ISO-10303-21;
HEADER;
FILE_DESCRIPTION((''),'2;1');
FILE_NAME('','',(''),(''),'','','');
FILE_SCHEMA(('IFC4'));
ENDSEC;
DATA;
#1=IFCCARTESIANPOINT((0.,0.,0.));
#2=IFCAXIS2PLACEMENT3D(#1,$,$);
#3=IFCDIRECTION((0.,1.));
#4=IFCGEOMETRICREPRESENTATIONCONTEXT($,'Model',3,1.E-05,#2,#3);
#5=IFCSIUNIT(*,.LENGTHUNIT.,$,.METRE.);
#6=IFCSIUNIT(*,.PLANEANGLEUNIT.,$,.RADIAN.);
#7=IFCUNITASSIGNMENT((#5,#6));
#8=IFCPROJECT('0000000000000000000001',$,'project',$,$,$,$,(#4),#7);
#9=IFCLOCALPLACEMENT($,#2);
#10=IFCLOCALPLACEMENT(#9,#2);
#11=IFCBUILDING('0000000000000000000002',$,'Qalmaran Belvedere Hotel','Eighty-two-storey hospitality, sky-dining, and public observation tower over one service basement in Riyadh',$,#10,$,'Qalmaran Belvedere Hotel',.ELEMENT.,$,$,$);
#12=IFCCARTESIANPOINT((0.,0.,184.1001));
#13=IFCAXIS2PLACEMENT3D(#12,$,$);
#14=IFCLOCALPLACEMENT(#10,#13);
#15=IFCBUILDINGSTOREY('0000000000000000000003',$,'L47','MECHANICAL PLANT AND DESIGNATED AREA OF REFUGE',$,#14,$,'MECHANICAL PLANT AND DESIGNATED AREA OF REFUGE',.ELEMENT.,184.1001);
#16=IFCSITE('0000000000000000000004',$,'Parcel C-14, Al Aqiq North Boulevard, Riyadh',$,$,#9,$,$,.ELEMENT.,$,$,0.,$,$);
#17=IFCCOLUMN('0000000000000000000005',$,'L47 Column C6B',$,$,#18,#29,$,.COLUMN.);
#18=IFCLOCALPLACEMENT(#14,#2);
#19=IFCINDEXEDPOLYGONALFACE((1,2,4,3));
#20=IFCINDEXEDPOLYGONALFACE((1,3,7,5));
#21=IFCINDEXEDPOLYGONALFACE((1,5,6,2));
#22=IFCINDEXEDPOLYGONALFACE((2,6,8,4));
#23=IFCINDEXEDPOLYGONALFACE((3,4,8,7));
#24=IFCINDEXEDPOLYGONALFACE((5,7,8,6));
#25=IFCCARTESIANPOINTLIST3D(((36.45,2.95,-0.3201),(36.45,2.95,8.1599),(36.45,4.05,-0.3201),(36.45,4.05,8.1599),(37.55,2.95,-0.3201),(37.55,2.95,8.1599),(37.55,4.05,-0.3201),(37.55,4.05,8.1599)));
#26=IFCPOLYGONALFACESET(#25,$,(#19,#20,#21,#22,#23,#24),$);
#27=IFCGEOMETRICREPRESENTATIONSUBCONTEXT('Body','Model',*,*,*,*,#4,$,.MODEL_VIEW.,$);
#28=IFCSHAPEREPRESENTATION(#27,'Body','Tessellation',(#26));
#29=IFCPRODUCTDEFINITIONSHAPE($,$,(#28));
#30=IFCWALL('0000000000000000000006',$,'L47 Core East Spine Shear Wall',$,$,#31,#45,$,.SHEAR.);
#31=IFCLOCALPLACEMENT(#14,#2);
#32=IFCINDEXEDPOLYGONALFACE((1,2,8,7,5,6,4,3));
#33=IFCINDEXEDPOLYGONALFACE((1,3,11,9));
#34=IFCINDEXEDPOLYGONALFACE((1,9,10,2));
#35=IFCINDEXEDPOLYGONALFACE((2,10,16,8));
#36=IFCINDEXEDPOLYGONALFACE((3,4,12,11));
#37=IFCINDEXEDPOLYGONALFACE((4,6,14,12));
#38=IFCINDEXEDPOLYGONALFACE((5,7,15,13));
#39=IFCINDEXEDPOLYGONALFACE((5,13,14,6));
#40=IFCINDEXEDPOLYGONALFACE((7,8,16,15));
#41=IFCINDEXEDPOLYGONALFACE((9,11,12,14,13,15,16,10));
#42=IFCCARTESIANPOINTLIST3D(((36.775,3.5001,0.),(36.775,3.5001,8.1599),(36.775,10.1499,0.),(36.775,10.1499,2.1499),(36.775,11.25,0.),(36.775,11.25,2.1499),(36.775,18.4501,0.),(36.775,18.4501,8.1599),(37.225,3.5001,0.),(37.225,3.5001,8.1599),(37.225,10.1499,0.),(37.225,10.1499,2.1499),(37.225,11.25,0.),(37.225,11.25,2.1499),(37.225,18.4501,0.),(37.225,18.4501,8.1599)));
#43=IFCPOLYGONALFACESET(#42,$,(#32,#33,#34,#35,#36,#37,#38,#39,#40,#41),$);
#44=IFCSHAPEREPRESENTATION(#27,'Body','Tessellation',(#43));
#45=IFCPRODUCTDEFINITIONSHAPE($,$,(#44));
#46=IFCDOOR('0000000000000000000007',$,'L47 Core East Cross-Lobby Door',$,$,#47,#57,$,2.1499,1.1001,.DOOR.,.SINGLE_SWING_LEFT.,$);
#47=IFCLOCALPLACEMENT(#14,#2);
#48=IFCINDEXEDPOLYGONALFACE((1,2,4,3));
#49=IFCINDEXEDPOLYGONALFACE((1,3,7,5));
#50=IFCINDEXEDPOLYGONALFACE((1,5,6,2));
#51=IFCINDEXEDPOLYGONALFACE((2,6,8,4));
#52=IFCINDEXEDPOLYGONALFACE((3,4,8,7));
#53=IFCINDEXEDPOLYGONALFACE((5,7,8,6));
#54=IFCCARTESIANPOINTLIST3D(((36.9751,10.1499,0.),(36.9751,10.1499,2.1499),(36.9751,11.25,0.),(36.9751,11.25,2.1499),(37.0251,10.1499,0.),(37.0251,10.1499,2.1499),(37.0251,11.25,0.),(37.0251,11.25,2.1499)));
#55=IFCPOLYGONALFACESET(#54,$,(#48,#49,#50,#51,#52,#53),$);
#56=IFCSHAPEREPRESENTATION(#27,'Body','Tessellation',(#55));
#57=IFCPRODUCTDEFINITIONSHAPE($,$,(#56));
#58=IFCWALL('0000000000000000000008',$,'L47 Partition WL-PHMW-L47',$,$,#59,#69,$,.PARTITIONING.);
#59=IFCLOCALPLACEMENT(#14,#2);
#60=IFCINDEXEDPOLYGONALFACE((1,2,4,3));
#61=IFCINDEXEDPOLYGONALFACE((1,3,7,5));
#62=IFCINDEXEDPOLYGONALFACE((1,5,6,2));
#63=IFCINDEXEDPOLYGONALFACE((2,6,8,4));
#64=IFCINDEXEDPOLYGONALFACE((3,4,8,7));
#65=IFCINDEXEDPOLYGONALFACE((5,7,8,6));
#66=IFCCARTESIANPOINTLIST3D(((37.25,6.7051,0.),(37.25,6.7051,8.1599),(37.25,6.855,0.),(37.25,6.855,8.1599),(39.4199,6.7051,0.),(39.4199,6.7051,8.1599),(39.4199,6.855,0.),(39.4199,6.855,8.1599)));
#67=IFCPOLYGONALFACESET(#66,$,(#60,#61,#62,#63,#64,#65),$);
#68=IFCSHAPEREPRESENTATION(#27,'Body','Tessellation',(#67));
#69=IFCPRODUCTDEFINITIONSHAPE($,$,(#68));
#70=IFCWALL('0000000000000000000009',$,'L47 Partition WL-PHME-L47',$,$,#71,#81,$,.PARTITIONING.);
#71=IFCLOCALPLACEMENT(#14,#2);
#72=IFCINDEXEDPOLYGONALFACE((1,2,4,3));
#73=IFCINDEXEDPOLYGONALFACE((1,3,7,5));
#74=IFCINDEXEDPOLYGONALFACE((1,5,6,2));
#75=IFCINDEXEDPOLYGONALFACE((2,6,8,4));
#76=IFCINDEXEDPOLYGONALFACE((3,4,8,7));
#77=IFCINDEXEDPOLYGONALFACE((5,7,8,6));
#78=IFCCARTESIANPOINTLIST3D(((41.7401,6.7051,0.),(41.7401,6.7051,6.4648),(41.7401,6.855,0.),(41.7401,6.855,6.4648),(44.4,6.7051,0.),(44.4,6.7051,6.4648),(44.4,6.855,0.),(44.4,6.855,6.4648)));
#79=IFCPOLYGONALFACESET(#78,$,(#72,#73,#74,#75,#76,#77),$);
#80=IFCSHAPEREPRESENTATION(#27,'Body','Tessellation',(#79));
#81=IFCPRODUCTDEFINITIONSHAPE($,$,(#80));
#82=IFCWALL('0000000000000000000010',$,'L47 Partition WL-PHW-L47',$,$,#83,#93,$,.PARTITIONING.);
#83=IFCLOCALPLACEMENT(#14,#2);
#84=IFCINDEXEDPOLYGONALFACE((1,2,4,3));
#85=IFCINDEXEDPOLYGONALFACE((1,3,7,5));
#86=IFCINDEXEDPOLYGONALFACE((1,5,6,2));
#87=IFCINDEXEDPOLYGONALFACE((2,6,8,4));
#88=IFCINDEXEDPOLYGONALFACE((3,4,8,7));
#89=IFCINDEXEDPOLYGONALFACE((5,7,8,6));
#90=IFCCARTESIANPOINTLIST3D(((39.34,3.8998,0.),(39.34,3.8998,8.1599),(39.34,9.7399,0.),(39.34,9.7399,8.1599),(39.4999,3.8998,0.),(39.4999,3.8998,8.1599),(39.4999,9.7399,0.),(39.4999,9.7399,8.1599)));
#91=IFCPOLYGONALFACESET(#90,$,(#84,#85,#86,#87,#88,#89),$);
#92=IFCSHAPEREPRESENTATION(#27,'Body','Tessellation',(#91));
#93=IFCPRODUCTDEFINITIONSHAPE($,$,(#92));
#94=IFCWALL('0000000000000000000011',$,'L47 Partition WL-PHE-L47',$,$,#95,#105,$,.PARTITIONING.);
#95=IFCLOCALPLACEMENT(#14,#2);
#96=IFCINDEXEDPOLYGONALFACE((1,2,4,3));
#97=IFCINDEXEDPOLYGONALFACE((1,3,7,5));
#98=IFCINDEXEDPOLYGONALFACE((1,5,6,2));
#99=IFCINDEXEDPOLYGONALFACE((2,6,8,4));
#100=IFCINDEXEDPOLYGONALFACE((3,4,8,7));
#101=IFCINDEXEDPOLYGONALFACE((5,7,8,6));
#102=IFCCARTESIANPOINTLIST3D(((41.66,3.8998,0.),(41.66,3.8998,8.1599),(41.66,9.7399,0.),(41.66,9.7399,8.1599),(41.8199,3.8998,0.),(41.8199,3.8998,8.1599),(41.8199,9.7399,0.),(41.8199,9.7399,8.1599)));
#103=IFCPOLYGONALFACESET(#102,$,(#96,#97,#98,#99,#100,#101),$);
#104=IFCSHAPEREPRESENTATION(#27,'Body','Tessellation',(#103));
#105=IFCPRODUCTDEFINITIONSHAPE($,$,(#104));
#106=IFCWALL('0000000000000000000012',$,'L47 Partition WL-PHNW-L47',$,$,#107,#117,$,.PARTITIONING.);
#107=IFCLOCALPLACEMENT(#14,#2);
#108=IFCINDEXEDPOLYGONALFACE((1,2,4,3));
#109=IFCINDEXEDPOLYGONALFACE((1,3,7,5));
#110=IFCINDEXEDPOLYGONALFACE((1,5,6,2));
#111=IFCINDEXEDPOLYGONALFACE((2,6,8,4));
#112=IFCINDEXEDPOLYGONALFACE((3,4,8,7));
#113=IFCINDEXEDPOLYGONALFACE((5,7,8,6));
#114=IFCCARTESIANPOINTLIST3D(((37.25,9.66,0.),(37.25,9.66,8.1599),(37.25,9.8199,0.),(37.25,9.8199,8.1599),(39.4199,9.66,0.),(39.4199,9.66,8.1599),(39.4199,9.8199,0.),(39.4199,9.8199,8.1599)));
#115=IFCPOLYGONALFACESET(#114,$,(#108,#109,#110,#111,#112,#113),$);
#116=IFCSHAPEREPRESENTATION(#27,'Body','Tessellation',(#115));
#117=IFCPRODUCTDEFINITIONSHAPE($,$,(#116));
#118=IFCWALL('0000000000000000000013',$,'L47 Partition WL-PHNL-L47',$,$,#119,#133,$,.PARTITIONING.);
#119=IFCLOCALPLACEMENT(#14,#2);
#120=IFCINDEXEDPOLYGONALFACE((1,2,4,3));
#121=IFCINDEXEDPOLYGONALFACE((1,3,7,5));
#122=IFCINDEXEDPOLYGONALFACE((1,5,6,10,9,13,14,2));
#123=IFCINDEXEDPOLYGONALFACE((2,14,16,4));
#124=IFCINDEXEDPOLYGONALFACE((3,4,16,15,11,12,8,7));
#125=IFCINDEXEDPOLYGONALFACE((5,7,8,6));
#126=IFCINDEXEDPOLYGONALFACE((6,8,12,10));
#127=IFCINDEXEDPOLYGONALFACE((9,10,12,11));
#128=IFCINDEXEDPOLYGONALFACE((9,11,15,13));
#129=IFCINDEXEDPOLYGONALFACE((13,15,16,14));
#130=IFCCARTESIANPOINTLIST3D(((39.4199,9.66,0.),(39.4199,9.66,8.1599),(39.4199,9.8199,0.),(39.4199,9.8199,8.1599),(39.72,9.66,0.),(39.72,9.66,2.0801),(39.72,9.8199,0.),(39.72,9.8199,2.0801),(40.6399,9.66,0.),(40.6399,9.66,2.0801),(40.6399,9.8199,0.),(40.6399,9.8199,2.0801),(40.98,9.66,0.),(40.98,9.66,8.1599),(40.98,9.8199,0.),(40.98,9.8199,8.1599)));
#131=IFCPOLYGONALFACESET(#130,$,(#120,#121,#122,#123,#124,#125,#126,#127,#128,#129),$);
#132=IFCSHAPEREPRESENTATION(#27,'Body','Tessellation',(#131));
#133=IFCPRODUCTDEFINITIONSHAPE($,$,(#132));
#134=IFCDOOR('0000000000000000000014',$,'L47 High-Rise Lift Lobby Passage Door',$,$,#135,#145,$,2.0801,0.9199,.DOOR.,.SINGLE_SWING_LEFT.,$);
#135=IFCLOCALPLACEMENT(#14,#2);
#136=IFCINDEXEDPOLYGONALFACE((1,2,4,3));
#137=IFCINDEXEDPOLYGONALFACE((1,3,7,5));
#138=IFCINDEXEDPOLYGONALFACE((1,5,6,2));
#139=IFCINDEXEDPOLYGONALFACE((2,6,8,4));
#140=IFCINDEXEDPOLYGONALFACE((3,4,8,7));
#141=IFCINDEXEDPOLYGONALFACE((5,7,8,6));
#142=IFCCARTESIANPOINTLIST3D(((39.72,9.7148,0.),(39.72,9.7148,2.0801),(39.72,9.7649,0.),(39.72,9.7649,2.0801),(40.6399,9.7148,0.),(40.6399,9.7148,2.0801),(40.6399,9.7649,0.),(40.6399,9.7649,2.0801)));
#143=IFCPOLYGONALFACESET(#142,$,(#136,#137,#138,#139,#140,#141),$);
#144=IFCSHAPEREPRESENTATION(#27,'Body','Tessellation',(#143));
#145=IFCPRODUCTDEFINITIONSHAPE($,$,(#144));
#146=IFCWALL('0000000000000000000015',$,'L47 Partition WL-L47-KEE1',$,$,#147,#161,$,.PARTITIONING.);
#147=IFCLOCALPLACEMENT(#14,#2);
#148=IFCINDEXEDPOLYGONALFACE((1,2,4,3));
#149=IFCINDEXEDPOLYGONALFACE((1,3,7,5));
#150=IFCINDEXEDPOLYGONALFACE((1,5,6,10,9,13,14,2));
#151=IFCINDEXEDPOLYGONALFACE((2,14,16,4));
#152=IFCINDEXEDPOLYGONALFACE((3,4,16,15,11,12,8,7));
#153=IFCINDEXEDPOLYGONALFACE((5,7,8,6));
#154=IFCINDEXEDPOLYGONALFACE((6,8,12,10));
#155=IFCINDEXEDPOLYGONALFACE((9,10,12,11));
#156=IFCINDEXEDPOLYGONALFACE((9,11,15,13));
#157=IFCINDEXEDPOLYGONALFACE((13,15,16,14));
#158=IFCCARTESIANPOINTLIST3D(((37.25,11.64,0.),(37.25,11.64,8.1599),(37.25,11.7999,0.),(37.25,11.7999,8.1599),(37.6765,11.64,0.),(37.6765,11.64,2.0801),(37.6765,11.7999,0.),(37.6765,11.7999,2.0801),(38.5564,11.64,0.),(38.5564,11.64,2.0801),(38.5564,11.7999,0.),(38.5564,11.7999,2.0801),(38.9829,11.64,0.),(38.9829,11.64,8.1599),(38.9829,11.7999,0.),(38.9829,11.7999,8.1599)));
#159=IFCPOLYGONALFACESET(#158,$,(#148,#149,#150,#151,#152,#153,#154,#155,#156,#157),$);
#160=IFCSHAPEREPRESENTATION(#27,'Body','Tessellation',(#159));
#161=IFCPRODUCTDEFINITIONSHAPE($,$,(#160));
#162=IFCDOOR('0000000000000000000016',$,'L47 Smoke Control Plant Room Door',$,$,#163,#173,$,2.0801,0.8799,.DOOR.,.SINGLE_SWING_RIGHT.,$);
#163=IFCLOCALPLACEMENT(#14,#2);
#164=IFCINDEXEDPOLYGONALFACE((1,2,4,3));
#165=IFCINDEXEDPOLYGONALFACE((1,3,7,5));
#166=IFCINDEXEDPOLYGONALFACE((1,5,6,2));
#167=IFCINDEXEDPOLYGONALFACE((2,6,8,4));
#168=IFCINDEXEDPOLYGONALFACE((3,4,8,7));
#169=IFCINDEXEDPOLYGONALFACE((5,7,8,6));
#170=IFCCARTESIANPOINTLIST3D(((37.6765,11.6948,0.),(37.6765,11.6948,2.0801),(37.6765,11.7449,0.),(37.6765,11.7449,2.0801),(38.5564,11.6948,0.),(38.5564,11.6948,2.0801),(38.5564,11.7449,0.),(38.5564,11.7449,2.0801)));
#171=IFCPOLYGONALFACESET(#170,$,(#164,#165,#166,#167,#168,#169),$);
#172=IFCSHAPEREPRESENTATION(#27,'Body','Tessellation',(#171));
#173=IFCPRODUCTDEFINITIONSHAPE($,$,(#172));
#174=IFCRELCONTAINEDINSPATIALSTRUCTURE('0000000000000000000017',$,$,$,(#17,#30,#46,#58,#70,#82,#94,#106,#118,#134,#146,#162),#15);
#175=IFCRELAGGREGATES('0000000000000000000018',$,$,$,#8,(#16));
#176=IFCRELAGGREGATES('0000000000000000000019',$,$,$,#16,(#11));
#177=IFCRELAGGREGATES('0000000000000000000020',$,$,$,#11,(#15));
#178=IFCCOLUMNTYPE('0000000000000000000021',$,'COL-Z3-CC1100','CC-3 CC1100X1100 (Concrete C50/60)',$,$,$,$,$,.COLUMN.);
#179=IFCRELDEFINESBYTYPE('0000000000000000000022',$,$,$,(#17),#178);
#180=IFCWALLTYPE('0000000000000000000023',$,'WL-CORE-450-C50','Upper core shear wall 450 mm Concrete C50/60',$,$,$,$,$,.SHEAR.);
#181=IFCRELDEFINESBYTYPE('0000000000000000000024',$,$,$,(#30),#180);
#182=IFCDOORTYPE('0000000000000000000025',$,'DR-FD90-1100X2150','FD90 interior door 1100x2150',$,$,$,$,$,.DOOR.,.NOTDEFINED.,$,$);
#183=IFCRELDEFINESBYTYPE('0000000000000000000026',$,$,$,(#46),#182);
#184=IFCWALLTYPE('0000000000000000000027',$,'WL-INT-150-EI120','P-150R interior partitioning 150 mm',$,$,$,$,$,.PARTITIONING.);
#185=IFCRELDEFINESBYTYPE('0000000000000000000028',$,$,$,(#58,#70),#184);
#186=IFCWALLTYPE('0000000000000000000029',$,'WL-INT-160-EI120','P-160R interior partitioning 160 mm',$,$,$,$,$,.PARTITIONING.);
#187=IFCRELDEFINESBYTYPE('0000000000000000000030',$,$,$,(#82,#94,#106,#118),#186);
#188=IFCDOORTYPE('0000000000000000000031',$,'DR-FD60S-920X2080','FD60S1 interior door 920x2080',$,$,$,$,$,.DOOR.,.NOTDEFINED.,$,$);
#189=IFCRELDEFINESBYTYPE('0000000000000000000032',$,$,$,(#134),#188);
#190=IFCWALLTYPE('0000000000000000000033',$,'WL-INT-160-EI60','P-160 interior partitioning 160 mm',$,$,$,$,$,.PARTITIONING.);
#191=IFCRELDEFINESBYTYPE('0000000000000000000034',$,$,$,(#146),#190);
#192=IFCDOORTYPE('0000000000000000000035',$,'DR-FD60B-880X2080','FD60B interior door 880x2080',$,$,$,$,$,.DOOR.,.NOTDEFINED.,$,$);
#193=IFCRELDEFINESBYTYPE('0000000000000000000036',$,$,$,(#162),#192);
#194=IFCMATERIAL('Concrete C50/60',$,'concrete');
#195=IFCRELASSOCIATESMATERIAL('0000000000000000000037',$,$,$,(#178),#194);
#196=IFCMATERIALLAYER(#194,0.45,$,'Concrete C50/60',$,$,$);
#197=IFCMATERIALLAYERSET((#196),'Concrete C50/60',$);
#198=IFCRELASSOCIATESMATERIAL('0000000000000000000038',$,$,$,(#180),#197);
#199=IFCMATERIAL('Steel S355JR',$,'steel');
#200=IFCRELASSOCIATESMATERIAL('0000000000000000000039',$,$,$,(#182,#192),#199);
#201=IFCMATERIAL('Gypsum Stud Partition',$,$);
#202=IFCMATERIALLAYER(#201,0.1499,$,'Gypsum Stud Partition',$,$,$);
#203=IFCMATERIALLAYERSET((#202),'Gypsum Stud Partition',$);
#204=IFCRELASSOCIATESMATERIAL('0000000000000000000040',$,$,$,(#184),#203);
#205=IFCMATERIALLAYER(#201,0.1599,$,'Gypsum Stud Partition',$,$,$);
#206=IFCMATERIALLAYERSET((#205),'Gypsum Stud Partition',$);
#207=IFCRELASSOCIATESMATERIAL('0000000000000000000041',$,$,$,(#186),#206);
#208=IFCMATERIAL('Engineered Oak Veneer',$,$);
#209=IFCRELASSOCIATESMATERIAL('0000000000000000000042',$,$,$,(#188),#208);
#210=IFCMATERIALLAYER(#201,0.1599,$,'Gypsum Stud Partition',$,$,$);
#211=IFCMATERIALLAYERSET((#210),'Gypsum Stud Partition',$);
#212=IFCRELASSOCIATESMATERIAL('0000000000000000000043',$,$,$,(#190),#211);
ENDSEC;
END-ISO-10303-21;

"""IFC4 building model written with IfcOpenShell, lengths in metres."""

from ifc_helpers import new_model, si_unit, direction, frame, frame_2d, origin, origin_2d, place, context, subcontext, project, spatial, rectangle, extrude, material, layer, layer_set, material_profile, profile_set, type_object, element, fill, save


model = new_model("IFC4")

# Units and contexts
model_context = context("Model", 3, precision=1e-05, world=origin(), true_north=direction((0.0, 1.0)))
body_context = subcontext(model_context, "Body", "Model", "MODEL_VIEW")
ifc_project = project(units=[si_unit("LENGTHUNIT", "METRE"), si_unit("PLANEANGLEUNIT", "RADIAN")], contexts=[model_context])

# Site, building, storey
site_placement = place(None, origin())
site = spatial("IfcSite", under=ifc_project, at=site_placement, Name="Parcel C-14, Al Aqiq North Boulevard, Riyadh", CompositionType="ELEMENT", RefElevation=0.0)
building_placement = place(site_placement, origin())
building = spatial("IfcBuilding", under=site, at=building_placement, Name="Qalmaran Belvedere Hotel", Description="Eighty-two-storey hospitality, sky-dining, and public observation tower over one service basement in Riyadh", LongName="Qalmaran Belvedere Hotel", CompositionType="ELEMENT")
storey_placement = place(building_placement, frame((0.0, 0.0, 184.1001)))
storey = spatial("IfcBuildingStorey", under=building, at=storey_placement, Name="L47", Description="MECHANICAL PLANT AND DESIGNATED AREA OF REFUGE", LongName="MECHANICAL PLANT AND DESIGNATED AREA OF REFUGE", CompositionType="ELEMENT", Elevation=184.1001)

# Column
ifc_material_1 = material(Name="Concrete C50/60", Category="concrete")
ifc_material_profile = material_profile(ifc_material_1, rectangle(XDim=1.1001, YDim=1.1001, at=origin_2d()), Name="CC1100X1100")
ifc_profile_set = profile_set([ifc_material_profile], Name="Concrete C50/60")
column_type = type_object("IfcColumnType", Name="COL-Z3-CC1100", Description="CC-3 CC1100X1100 (Concrete C50/60)", PredefinedType="COLUMN", material=ifc_profile_set)
column_placement = place(storey_placement, frame((37.0, 3.5, -0.3201), z_axis=(0.0, 0.0, 1.0), x_axis=(1.0, 0.0, 0.0)))
element("IfcColumn", 1, at=column_placement, inside=storey, type_object=column_type, Name="L47 Column C6B", PredefinedType="COLUMN", context=body_context, shape_type="SweptSolid", body=[
    extrude(rectangle(XDim=1.1001, YDim=1.1001, at=origin_2d()), origin(), (0.0, 0.0, 1.0), 8.48),
])

# Wall, opening, door
ifc_layer_1 = layer(ifc_material_1, 0.45, Name="Concrete C50/60")
ifc_layer_set_1 = layer_set([ifc_layer_1], Name="Concrete C50/60")
wall_type_1 = type_object("IfcWallType", Name="WL-CORE-450-C50", Description="Upper core shear wall 450 mm Concrete C50/60", PredefinedType="SHEAR", material=ifc_layer_set_1)
wall_1_placement = place(storey_placement, frame((37.0, 3.5, 0.0), z_axis=(0.0, 0.0, 1.0), x_axis=(0.0, 1.0, 0.0)))
wall_1 = element("IfcWall", 2, at=wall_1_placement, inside=storey, type_object=wall_type_1, Name="L47 Core East Spine Shear Wall", PredefinedType="SHEAR", context=body_context, shape_type="SweptSolid", body=[
    extrude(rectangle(XDim=14.95, YDim=0.45, at=frame_2d((7.4751, 0.0))), origin(), (0.0, 0.0, 1.0), 8.1599),
])
opening_1_placement = place(wall_1_placement, frame((6.6499, 0.0, 0.0)))
opening_1 = element("IfcOpeningElement", 3, at=opening_1_placement, cuts=wall_1, PredefinedType="OPENING", context=body_context, shape_type="SweptSolid", body=[
    extrude(rectangle(XDim=1.1001, YDim=2.1499, at=frame_2d((0.55, 1.075))), frame((0.0, 0.2349, 0.0), z_axis=(0.0, -1.0, 0.0), x_axis=(1.0, 0.0, 0.0)), (0.0, 0.0, 1.0), 0.47),
])
ifc_material_2 = material(Name="Steel S355JR", Category="steel")
door_type_1 = type_object("IfcDoorType", Name="DR-FD90-1100X2150", Description="FD90 interior door 1100x2150", OperationType="NOTDEFINED", PredefinedType="DOOR", material=ifc_material_2)
door_1_placement = place(opening_1_placement, origin())
door_1 = element("IfcDoor", 4, at=door_1_placement, inside=storey, type_object=door_type_1, Name="L47 Core East Cross-Lobby Door", OperationType="SINGLE_SWING_LEFT", OverallHeight=2.1499, OverallWidth=1.1001, PredefinedType="DOOR", context=body_context, shape_type="SweptSolid", body=[
    extrude(rectangle(XDim=1.1001, YDim=2.1499, at=frame_2d((0.55, 1.075))), frame((0.0, 0.0249, 0.0), z_axis=(0.0, -1.0, 0.0), x_axis=(1.0, 0.0, 0.0)), (0.0, 0.0, 1.0), 0.05),
])
fill(opening_1, door_1)

# Walls
ifc_material_3 = material(Name="Gypsum Stud Partition")
ifc_layer_2 = layer(ifc_material_3, 0.1499, Name="Gypsum Stud Partition")
ifc_layer_set_2 = layer_set([ifc_layer_2], Name="Gypsum Stud Partition")
wall_type_2 = type_object("IfcWallType", Name="WL-INT-150-EI120", Description="P-150R interior partitioning 150 mm", PredefinedType="PARTITIONING", material=ifc_layer_set_2)
wall_2_placement = place(storey_placement, frame((37.25, 6.78, 0.0), z_axis=(0.0, 0.0, 1.0), x_axis=(1.0, 0.0, 0.0)))
element("IfcWall", 5, at=wall_2_placement, inside=storey, type_object=wall_type_2, Name="L47 Partition WL-PHMW-L47", PredefinedType="PARTITIONING", context=body_context, shape_type="SweptSolid", body=[
    extrude(rectangle(XDim=2.1699, YDim=0.1499, at=frame_2d((1.085, 0.0))), origin(), (0.0, 0.0, 1.0), 8.1599),
])
wall_3_placement = place(storey_placement, frame((41.74, 6.78, 0.0), z_axis=(0.0, 0.0, 1.0), x_axis=(1.0, 0.0, 0.0)))
element("IfcWall", 6, at=wall_3_placement, inside=storey, type_object=wall_type_2, Name="L47 Partition WL-PHME-L47", PredefinedType="PARTITIONING", context=body_context, shape_type="SweptSolid", body=[
    extrude(rectangle(XDim=2.6599, YDim=0.1499, at=frame_2d((1.3301, 0.0))), origin(), (0.0, 0.0, 1.0), 6.4648),
])
ifc_layer_3 = layer(ifc_material_3, 0.1599, Name="Gypsum Stud Partition")
ifc_layer_set_3 = layer_set([ifc_layer_3], Name="Gypsum Stud Partition")
wall_type_3 = type_object("IfcWallType", Name="WL-INT-160-EI120", Description="P-160R interior partitioning 160 mm", PredefinedType="PARTITIONING", material=ifc_layer_set_3)
for number, where, z_axis, x_axis, name in (
    (7, (39.4199, 3.8999, 0.0), (0.0, 0.0, 1.0), (0.0, 1.0, 0.0), "L47 Partition WL-PHW-L47"),
    (8, (41.74, 3.8999, 0.0), (0.0, 0.0, 1.0), (0.0, 1.0, 0.0), "L47 Partition WL-PHE-L47"),
):
    element("IfcWall", number, at=place(storey_placement, frame(where, z_axis=z_axis, x_axis=x_axis)), inside=storey, type_object=wall_type_3, Name=name, PredefinedType="PARTITIONING", context=body_context, shape_type="SweptSolid", body=[
        extrude(rectangle(XDim=5.8401, YDim=0.1599, at=frame_2d((2.9199, 0.0))), origin(), (0.0, 0.0, 1.0), 8.1599),
    ])
wall_4_placement = place(storey_placement, frame((37.25, 9.74, 0.0), z_axis=(0.0, 0.0, 1.0), x_axis=(1.0, 0.0, 0.0)))
element("IfcWall", 9, at=wall_4_placement, inside=storey, type_object=wall_type_3, Name="L47 Partition WL-PHNW-L47", PredefinedType="PARTITIONING", context=body_context, shape_type="SweptSolid", body=[
    extrude(rectangle(XDim=2.1699, YDim=0.1599, at=frame_2d((1.085, 0.0))), origin(), (0.0, 0.0, 1.0), 8.1599),
])

# Walls, openings, doors
wall_5_placement = place(storey_placement, frame((39.4199, 9.74, 0.0), z_axis=(0.0, 0.0, 1.0), x_axis=(1.0, 0.0, 0.0)))
wall_5 = element("IfcWall", 10, at=wall_5_placement, inside=storey, type_object=wall_type_3, Name="L47 Partition WL-PHNL-L47", PredefinedType="PARTITIONING", context=body_context, shape_type="SweptSolid", body=[
    extrude(rectangle(XDim=1.5601, YDim=0.1599, at=frame_2d((0.78, 0.0))), origin(), (0.0, 0.0, 1.0), 8.1599),
])
opening_2_placement = place(wall_5_placement, frame((0.3, 0.0, 0.0)))
opening_2 = element("IfcOpeningElement", 11, at=opening_2_placement, cuts=wall_5, PredefinedType="OPENING", context=body_context, shape_type="SweptSolid", body=[
    extrude(rectangle(XDim=0.9199, YDim=2.0801, at=frame_2d((0.46, 1.04))), frame((0.0, 0.0898, 0.0), z_axis=(0.0, -1.0, 0.0), x_axis=(1.0, 0.0, 0.0)), (0.0, 0.0, 1.0), 0.1799),
])
ifc_material_4 = material(Name="Engineered Oak Veneer")
door_type_2 = type_object("IfcDoorType", Name="DR-FD60S-920X2080", Description="FD60S1 interior door 920x2080", OperationType="NOTDEFINED", PredefinedType="DOOR", material=ifc_material_4)
door_2_placement = place(opening_2_placement, origin())
door_2 = element("IfcDoor", 12, at=door_2_placement, inside=storey, type_object=door_type_2, Name="L47 High-Rise Lift Lobby Passage Door", OperationType="SINGLE_SWING_LEFT", OverallHeight=2.0801, OverallWidth=0.9199, PredefinedType="DOOR", context=body_context, shape_type="SweptSolid", body=[
    extrude(rectangle(XDim=0.9199, YDim=2.0801, at=frame_2d((0.46, 1.04))), frame((0.0, 0.0249, 0.0), z_axis=(0.0, -1.0, 0.0), x_axis=(1.0, 0.0, 0.0)), (0.0, 0.0, 1.0), 0.05),
])
fill(opening_2, door_2)
ifc_layer_4 = layer(ifc_material_3, 0.1599, Name="Gypsum Stud Partition")
ifc_layer_set_4 = layer_set([ifc_layer_4], Name="Gypsum Stud Partition")
wall_type_4 = type_object("IfcWallType", Name="WL-INT-160-EI60", Description="P-160 interior partitioning 160 mm", PredefinedType="PARTITIONING", material=ifc_layer_set_4)
wall_6_placement = place(storey_placement, frame((37.25, 11.72, 0.0), z_axis=(0.0, 0.0, 1.0), x_axis=(1.0, 0.0, 0.0)))
wall_6 = element("IfcWall", 13, at=wall_6_placement, inside=storey, type_object=wall_type_4, Name="L47 Partition WL-L47-KEE1", PredefinedType="PARTITIONING", context=body_context, shape_type="SweptSolid", body=[
    extrude(rectangle(XDim=1.7329, YDim=0.1599, at=frame_2d((0.8665, 0.0))), origin(), (0.0, 0.0, 1.0), 8.1599),
])
opening_3_placement = place(wall_6_placement, frame((0.4265, 0.0, 0.0)))
opening_3 = element("IfcOpeningElement", 14, at=opening_3_placement, cuts=wall_6, PredefinedType="OPENING", context=body_context, shape_type="SweptSolid", body=[
    extrude(rectangle(XDim=0.8799, YDim=2.0801, at=frame_2d((0.4399, 1.04))), frame((0.0, 0.0898, 0.0), z_axis=(0.0, -1.0, 0.0), x_axis=(1.0, 0.0, 0.0)), (0.0, 0.0, 1.0), 0.1799),
])
door_type_3 = type_object("IfcDoorType", Name="DR-FD60B-880X2080", Description="FD60B interior door 880x2080", OperationType="NOTDEFINED", PredefinedType="DOOR", material=ifc_material_2)
door_3_placement = place(opening_3_placement, origin())
door_3 = element("IfcDoor", 15, at=door_3_placement, inside=storey, type_object=door_type_3, Name="L47 Smoke Control Plant Room Door", OperationType="SINGLE_SWING_RIGHT", OverallHeight=2.0801, OverallWidth=0.8799, PredefinedType="DOOR", context=body_context, shape_type="SweptSolid", body=[
    extrude(rectangle(XDim=0.8799, YDim=2.0801, at=frame_2d((0.4399, 1.04))), frame((0.0, 0.0249, 0.0), z_axis=(0.0, -1.0, 0.0), x_axis=(1.0, 0.0, 0.0)), (0.0, 0.0, 1.0), 0.05),
])
fill(opening_3, door_3)

save(model, "model.ifc")
